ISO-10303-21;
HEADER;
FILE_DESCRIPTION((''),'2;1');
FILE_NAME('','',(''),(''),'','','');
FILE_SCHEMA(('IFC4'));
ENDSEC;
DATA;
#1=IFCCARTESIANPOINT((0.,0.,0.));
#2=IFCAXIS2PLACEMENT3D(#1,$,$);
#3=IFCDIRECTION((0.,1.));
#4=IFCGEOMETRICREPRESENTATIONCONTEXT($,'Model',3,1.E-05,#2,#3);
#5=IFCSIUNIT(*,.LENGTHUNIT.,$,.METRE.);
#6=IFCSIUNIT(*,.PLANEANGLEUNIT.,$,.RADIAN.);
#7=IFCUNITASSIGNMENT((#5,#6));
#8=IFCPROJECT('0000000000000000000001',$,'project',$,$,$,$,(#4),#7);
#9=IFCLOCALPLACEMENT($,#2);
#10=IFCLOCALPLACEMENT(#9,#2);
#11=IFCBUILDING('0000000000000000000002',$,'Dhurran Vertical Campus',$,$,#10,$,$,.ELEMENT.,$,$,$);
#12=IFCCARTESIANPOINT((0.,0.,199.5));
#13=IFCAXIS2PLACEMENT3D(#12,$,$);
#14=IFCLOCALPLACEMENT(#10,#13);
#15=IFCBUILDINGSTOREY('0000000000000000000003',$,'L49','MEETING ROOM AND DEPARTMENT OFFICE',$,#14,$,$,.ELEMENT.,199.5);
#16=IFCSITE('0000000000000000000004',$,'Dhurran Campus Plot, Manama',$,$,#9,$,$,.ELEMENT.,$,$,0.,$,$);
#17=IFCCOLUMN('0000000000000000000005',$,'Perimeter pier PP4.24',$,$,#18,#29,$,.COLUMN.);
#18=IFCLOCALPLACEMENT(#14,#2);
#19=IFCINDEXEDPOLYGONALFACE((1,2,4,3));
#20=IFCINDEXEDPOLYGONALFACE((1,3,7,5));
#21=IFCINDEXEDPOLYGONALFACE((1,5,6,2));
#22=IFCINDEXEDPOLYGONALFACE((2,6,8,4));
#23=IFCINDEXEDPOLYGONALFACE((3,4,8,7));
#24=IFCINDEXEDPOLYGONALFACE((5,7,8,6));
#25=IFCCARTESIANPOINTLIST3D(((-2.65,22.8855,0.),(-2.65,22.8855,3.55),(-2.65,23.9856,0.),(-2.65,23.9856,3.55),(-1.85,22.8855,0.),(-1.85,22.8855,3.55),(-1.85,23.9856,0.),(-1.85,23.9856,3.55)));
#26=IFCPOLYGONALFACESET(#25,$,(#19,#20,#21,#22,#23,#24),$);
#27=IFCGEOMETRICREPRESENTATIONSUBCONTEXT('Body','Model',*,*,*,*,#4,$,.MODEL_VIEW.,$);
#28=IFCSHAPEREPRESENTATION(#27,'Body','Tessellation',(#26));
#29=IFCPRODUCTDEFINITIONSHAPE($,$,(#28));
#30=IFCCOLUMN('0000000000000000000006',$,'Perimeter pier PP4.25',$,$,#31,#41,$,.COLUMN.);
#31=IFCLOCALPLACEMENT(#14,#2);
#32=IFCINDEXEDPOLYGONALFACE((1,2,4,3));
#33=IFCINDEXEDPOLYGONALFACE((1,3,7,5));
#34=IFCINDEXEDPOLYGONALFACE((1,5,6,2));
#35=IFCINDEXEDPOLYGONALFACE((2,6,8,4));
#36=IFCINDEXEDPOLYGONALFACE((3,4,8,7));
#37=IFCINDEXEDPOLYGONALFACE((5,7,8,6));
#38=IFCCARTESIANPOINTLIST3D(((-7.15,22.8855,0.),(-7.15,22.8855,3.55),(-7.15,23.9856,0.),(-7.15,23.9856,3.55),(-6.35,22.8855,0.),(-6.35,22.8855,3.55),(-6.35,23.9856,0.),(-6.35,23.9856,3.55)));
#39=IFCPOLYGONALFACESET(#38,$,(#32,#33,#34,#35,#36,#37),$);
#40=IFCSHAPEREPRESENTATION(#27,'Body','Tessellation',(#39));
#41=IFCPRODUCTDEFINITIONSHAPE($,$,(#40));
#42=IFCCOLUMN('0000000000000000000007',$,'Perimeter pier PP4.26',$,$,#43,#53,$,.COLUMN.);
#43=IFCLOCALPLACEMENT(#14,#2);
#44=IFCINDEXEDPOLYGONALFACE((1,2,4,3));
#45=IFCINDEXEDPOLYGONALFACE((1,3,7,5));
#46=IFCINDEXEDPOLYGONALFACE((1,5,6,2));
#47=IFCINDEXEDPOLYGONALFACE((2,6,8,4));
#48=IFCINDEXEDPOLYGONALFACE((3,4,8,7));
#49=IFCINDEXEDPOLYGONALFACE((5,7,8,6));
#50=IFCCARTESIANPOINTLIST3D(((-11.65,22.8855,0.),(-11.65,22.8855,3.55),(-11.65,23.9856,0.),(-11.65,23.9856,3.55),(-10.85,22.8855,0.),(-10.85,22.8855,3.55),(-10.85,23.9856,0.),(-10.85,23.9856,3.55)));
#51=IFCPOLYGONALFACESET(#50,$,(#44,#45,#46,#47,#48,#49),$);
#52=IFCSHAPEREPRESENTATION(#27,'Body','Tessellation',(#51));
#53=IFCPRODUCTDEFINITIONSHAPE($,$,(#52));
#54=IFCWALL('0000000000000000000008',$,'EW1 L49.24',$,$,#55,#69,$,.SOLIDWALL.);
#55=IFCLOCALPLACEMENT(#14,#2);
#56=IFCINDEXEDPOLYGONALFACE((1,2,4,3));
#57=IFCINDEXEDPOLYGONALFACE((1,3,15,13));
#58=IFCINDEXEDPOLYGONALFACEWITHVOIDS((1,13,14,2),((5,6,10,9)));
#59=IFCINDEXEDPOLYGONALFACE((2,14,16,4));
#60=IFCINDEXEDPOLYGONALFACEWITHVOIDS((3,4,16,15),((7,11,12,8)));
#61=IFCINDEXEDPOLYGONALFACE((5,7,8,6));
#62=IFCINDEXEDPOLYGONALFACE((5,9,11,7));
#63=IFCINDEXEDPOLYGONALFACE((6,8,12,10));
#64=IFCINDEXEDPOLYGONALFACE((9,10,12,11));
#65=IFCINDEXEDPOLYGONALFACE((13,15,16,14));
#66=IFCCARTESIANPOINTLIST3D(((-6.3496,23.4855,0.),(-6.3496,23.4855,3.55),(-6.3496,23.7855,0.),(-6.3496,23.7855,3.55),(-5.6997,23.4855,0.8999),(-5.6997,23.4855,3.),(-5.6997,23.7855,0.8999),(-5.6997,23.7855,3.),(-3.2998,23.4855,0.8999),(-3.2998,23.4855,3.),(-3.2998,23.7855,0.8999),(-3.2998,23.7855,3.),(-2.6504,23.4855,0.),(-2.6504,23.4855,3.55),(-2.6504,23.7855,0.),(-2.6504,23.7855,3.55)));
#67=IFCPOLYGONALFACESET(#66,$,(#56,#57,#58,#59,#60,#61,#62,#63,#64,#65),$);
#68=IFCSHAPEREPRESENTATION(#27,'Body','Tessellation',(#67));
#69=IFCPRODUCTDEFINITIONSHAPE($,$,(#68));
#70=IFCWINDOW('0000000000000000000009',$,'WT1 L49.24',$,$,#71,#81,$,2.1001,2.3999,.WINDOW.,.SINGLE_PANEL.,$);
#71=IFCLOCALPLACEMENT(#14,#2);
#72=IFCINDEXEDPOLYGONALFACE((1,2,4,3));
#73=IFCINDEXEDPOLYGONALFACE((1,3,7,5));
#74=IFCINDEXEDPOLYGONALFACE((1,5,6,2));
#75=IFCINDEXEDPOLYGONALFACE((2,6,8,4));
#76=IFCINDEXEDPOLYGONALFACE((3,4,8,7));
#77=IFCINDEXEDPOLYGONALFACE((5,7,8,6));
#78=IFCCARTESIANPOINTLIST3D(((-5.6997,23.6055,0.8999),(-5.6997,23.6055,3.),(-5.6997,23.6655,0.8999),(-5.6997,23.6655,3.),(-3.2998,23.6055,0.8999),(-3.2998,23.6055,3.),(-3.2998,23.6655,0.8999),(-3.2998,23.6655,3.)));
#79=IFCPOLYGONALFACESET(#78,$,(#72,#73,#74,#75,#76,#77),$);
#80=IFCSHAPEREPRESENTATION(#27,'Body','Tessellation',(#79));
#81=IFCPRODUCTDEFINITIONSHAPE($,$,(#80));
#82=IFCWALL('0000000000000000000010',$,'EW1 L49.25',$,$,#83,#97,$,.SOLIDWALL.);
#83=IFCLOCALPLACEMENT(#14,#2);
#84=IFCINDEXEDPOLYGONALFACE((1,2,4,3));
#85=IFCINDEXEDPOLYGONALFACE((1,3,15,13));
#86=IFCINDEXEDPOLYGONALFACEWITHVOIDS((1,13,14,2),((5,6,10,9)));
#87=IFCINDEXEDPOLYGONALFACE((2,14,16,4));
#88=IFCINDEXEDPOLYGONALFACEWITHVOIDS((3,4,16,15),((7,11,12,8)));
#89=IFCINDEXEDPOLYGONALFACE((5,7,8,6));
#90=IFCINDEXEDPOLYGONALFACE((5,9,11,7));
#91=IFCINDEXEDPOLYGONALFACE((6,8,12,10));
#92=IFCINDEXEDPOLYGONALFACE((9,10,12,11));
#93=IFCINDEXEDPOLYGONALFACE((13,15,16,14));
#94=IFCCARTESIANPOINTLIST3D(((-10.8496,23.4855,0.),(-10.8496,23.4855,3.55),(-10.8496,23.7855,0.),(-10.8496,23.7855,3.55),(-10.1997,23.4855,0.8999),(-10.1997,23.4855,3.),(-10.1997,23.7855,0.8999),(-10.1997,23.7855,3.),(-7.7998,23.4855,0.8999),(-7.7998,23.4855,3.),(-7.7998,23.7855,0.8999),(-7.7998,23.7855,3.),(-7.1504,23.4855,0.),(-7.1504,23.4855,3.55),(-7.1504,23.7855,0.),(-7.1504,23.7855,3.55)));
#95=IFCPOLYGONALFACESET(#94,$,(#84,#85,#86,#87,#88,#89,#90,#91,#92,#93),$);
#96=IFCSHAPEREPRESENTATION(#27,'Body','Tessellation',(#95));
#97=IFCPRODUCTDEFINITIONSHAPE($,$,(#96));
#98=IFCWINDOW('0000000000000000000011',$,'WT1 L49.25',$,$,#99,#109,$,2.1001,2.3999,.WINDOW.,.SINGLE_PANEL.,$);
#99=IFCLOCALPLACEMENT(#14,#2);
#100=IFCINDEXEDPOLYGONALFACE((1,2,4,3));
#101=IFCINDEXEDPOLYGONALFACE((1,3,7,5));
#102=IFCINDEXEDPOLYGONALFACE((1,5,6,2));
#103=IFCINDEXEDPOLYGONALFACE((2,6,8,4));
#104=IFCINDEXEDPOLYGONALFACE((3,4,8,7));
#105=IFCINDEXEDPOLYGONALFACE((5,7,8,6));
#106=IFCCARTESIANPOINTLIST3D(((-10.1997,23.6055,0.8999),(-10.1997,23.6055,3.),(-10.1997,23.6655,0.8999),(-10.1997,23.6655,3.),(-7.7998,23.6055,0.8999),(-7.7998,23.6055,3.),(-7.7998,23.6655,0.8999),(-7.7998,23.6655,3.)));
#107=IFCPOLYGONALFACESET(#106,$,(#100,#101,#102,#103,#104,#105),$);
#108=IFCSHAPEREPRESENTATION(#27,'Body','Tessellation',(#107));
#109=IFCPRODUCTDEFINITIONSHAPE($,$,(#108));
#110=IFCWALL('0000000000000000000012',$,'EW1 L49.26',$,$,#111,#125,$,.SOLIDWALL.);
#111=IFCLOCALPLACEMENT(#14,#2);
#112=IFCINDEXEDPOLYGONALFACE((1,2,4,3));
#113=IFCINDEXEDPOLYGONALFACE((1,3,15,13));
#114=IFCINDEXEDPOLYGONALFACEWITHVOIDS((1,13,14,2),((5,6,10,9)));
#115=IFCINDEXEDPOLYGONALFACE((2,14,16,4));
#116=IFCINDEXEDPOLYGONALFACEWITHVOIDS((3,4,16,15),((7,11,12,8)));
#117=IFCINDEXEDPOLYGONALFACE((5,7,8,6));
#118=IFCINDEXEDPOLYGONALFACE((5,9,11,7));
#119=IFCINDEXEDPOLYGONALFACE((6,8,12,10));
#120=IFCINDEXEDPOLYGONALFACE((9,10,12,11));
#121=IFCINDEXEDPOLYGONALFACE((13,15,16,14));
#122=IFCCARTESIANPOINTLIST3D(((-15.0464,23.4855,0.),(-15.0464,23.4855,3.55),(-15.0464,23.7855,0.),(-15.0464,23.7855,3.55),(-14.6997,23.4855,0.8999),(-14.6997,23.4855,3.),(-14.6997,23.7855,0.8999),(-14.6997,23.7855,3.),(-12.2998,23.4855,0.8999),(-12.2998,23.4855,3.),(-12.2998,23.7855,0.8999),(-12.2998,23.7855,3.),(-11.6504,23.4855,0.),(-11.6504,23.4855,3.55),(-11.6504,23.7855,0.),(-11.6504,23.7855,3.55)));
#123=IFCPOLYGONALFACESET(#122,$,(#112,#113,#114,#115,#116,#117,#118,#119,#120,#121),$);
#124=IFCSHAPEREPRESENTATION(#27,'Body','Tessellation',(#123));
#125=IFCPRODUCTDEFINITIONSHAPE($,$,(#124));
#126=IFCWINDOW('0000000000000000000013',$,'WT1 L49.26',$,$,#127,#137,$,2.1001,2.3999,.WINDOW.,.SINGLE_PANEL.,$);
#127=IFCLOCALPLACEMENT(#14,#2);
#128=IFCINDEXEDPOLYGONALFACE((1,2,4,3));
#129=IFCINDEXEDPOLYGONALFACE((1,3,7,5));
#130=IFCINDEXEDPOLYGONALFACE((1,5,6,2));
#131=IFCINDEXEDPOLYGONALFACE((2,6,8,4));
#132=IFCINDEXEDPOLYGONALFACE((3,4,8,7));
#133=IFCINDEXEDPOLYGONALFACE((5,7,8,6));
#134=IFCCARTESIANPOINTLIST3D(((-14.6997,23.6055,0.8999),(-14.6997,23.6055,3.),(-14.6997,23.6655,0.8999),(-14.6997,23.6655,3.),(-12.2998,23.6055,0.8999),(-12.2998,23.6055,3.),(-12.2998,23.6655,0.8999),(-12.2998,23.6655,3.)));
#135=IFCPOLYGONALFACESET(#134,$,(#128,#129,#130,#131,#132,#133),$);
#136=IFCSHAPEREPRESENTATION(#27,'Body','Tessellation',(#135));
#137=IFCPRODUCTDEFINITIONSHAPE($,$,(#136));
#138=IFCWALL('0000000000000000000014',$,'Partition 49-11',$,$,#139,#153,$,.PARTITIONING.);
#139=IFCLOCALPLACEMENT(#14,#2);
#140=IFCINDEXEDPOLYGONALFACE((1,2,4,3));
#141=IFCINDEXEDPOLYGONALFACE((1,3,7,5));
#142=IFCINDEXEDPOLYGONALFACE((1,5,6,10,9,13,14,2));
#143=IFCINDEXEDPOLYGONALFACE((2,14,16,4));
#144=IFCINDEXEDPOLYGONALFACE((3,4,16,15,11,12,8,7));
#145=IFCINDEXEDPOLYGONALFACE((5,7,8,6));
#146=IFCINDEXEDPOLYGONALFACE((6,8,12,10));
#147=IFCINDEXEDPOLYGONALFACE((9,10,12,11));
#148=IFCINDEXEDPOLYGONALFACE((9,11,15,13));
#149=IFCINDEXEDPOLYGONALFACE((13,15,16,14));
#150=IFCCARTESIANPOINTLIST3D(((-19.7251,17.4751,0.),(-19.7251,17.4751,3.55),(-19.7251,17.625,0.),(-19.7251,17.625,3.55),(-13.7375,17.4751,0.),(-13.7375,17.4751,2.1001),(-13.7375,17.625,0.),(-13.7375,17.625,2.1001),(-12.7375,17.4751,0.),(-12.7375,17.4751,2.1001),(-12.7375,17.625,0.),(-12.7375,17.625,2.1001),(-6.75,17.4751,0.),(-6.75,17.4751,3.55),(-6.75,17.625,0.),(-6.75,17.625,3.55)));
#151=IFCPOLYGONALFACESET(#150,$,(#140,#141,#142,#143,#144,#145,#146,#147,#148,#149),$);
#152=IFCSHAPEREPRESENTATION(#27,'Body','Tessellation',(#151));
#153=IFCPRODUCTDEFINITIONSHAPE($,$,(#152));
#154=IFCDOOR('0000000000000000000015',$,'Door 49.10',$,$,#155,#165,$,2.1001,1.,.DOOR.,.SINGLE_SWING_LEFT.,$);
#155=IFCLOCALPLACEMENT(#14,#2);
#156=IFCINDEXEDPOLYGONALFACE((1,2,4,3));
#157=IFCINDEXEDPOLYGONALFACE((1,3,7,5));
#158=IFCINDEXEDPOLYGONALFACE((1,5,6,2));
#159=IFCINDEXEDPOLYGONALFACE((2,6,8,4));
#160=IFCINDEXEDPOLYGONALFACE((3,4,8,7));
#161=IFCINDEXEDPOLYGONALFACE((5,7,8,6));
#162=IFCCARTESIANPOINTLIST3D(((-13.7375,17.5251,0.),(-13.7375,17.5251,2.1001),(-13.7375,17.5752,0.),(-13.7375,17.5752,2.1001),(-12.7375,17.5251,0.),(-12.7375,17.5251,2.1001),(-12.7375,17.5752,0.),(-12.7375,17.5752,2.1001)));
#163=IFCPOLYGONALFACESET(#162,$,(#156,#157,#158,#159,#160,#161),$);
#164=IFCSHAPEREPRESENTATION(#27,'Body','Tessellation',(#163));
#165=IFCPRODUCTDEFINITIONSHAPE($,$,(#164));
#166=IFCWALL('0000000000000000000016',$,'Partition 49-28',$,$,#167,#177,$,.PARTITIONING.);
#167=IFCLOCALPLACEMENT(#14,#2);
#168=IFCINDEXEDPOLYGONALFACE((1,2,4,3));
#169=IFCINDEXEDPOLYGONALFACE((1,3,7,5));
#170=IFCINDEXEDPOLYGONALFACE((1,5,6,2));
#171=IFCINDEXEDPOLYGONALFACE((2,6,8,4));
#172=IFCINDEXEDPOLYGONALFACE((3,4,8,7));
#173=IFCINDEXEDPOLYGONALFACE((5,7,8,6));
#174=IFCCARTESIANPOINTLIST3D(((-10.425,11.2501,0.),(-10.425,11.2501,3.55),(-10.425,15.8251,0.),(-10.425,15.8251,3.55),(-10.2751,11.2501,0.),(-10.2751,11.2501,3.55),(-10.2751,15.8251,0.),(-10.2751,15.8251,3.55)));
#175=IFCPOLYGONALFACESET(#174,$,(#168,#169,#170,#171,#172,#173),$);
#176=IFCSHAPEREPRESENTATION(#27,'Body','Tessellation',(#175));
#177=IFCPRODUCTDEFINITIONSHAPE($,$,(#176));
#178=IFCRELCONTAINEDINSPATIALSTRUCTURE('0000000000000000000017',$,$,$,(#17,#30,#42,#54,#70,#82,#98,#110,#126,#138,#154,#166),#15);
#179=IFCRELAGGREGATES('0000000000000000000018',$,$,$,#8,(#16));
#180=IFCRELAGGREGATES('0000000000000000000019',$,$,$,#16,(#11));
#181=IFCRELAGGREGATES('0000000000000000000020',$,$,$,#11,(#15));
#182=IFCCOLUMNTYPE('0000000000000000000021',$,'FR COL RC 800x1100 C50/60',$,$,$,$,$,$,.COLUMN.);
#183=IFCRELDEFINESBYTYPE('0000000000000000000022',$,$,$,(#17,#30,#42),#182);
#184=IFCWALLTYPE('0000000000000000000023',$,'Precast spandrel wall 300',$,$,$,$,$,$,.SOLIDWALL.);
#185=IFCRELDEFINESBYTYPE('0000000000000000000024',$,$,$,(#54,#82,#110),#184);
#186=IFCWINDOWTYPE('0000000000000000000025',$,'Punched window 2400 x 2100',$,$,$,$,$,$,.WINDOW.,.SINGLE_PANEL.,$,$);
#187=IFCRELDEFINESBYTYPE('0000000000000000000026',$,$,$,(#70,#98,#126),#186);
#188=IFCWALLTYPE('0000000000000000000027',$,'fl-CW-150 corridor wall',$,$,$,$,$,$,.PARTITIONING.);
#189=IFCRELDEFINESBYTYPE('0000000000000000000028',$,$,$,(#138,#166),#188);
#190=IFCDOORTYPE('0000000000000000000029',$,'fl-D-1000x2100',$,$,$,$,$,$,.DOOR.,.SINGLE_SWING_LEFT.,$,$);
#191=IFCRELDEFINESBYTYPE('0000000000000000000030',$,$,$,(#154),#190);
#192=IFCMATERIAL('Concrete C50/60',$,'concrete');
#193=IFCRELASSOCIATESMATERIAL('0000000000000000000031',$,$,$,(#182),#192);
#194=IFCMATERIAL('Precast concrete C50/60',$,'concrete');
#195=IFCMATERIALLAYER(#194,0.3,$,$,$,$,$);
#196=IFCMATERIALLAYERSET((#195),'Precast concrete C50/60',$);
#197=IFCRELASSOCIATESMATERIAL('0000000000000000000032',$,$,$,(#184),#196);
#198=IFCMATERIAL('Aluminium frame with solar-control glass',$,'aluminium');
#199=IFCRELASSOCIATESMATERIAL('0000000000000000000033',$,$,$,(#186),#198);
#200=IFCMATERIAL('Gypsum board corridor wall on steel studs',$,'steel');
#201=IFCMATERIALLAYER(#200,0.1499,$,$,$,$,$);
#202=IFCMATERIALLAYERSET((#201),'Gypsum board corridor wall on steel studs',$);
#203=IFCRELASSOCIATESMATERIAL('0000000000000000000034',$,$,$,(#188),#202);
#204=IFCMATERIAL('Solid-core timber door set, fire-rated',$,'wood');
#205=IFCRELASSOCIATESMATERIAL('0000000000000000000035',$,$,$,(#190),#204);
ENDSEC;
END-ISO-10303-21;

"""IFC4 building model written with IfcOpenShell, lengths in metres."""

from ifc_helpers import new_model, si_unit, direction, frame, frame_2d, origin, origin_2d, place, context, subcontext, project, spatial, rectangle, extrude, material, layer, layer_set, material_profile, profile_set, type_object, element, fill, save


model = new_model("IFC4")

# Units and contexts
model_context = context("Model", 3, precision=1e-05, world=origin(), true_north=direction((0.0, 1.0)))
body_context = subcontext(model_context, "Body", "Model", "MODEL_VIEW")
ifc_project = project(units=[si_unit("LENGTHUNIT", "METRE"), si_unit("PLANEANGLEUNIT", "RADIAN")], contexts=[model_context])

# Site, building, storey
site_placement = place(None, origin())
site = spatial("IfcSite", under=ifc_project, at=site_placement, Name="Dhurran Campus Plot, Manama", CompositionType="ELEMENT", RefElevation=0.0)
building_placement = place(site_placement, origin())
building = spatial("IfcBuilding", under=site, at=building_placement, Name="Dhurran Vertical Campus", CompositionType="ELEMENT")
storey_placement = place(building_placement, frame((0.0, 0.0, 199.5)))
storey = spatial("IfcBuildingStorey", under=building, at=storey_placement, Name="L49", Description="MEETING ROOM AND DEPARTMENT OFFICE", CompositionType="ELEMENT", Elevation=199.5)

# Columns
ifc_material_1 = material(Name="Concrete C50/60", Category="concrete")
ifc_material_profile = material_profile(ifc_material_1, rectangle(XDim=0.8, YDim=1.1001, at=origin_2d()), Name="RC 800x1100")
ifc_profile_set = profile_set([ifc_material_profile], Name="Concrete C50/60")
column_type = type_object("IfcColumnType", Name="FR COL RC 800x1100 C50/60", PredefinedType="COLUMN", material=ifc_profile_set)
for number, where, z_axis, x_axis, name in (
    (1, (-2.25, 23.4355, 0.0), (0.0, 0.0, 1.0), (-1.0, 0.0, 0.0), "Perimeter pier PP4.24"),
    (2, (-6.75, 23.4355, 0.0), (0.0, 0.0, 1.0), (-1.0, 0.0, 0.0), "Perimeter pier PP4.25"),
    (3, (-11.25, 23.4355, 0.0), (0.0, 0.0, 1.0), (-1.0, 0.0, 0.0), "Perimeter pier PP4.26"),
):
    element("IfcColumn", number, at=place(storey_placement, frame(where, z_axis=z_axis, x_axis=x_axis)), inside=storey, type_object=column_type, Name=name, PredefinedType="COLUMN", context=body_context, shape_type="SweptSolid", body=[
        extrude(rectangle(XDim=0.8, YDim=1.1001, at=origin_2d()), origin(), (0.0, 0.0, 1.0), 3.55),
    ])

# Walls, openings, windows
ifc_material_2 = material(Name="Precast concrete C50/60", Category="concrete")
ifc_layer_1 = layer(ifc_material_2, 0.3)
ifc_layer_set_1 = layer_set([ifc_layer_1], Name="Precast concrete C50/60")
wall_type_1 = type_object("IfcWallType", Name="Precast spandrel wall 300", PredefinedType="SOLIDWALL", material=ifc_layer_set_1)
wall_1_placement = place(storey_placement, frame((-2.6504, 23.6355, 0.0), z_axis=(0.0, 0.0, 1.0), x_axis=(-1.0, 0.0, 0.0)))
wall_1 = element("IfcWall", 4, at=wall_1_placement, inside=storey, type_object=wall_type_1, Name="EW1 L49.24", PredefinedType="SOLIDWALL", context=body_context, shape_type="SweptSolid", body=[
    extrude(rectangle(XDim=3.6992, YDim=0.3, at=frame_2d((1.8496, 0.0))), origin(), (0.0, 0.0, 1.0), 3.55),
])
opening_1_placement = place(wall_1_placement, frame((0.6494, 0.0, 0.8999)))
opening_1 = element("IfcOpeningElement", 5, at=opening_1_placement, cuts=wall_1, PredefinedType="OPENING", context=body_context, shape_type="SweptSolid", body=[
    extrude(rectangle(XDim=2.3999, YDim=2.1001, at=frame_2d((1.2, 1.05))), frame((0.0, 0.1599, 0.0), z_axis=(0.0, -1.0, 0.0), x_axis=(1.0, 0.0, 0.0)), (0.0, 0.0, 1.0), 0.3201),
])
ifc_material_3 = material(Name="Aluminium frame with solar-control glass", Category="aluminium")
window_type = type_object("IfcWindowType", Name="Punched window 2400 x 2100", PartitioningType="SINGLE_PANEL", PredefinedType="WINDOW", material=ifc_material_3)
window_1_placement = place(opening_1_placement, origin())
window_1 = element("IfcWindow", 6, at=window_1_placement, inside=storey, type_object=window_type, Name="WT1 L49.24", OverallHeight=2.1001, OverallWidth=2.3999, PartitioningType="SINGLE_PANEL", PredefinedType="WINDOW", context=body_context, shape_type="SweptSolid", body=[
    extrude(rectangle(XDim=2.3999, YDim=2.1001, at=frame_2d((1.2, 1.05))), frame((0.0, 0.03, 0.0), z_axis=(0.0, -1.0, 0.0), x_axis=(1.0, 0.0, 0.0)), (0.0, 0.0, 1.0), 0.0601),
])
fill(opening_1, window_1)
wall_2_placement = place(storey_placement, frame((-7.1504, 23.6355, 0.0), z_axis=(0.0, 0.0, 1.0), x_axis=(-1.0, 0.0, 0.0)))
wall_2 = element("IfcWall", 7, at=wall_2_placement, inside=storey, type_object=wall_type_1, Name="EW1 L49.25", PredefinedType="SOLIDWALL", context=body_context, shape_type="SweptSolid", body=[
    extrude(rectangle(XDim=3.6992, YDim=0.3, at=frame_2d((1.8496, 0.0))), origin(), (0.0, 0.0, 1.0), 3.55),
])
opening_2_placement = place(wall_2_placement, frame((0.6494, 0.0, 0.8999)))
opening_2 = element("IfcOpeningElement", 8, at=opening_2_placement, cuts=wall_2, PredefinedType="OPENING", context=body_context, shape_type="SweptSolid", body=[
    extrude(rectangle(XDim=2.3999, YDim=2.1001, at=frame_2d((1.2, 1.05))), frame((0.0, 0.1599, 0.0), z_axis=(0.0, -1.0, 0.0), x_axis=(1.0, 0.0, 0.0)), (0.0, 0.0, 1.0), 0.3201),
])
window_2_placement = place(opening_2_placement, origin())
window_2 = element("IfcWindow", 9, at=window_2_placement, inside=storey, type_object=window_type, Name="WT1 L49.25", OverallHeight=2.1001, OverallWidth=2.3999, PartitioningType="SINGLE_PANEL", PredefinedType="WINDOW", context=body_context, shape_type="SweptSolid", body=[
    extrude(rectangle(XDim=2.3999, YDim=2.1001, at=frame_2d((1.2, 1.05))), frame((0.0, 0.03, 0.0), z_axis=(0.0, -1.0, 0.0), x_axis=(1.0, 0.0, 0.0)), (0.0, 0.0, 1.0), 0.0601),
])
fill(opening_2, window_2)
wall_3_placement = place(storey_placement, frame((-11.6504, 23.6355, 0.0), z_axis=(0.0, 0.0, 1.0), x_axis=(-1.0, 0.0, 0.0)))
wall_3 = element("IfcWall", 10, at=wall_3_placement, inside=storey, type_object=wall_type_1, Name="EW1 L49.26", PredefinedType="SOLIDWALL", context=body_context, shape_type="SweptSolid", body=[
    extrude(rectangle(XDim=3.396, YDim=0.3, at=frame_2d((1.698, 0.0))), origin(), (0.0, 0.0, 1.0), 3.55),
])
opening_3_placement = place(wall_3_placement, frame((0.6494, 0.0, 0.8999)))
opening_3 = element("IfcOpeningElement", 11, at=opening_3_placement, cuts=wall_3, PredefinedType="OPENING", context=body_context, shape_type="SweptSolid", body=[
    extrude(rectangle(XDim=2.3999, YDim=2.1001, at=frame_2d((1.2, 1.05))), frame((0.0, 0.1599, 0.0), z_axis=(0.0, -1.0, 0.0), x_axis=(1.0, 0.0, 0.0)), (0.0, 0.0, 1.0), 0.3201),
])
window_3_placement = place(opening_3_placement, origin())
window_3 = element("IfcWindow", 12, at=window_3_placement, inside=storey, type_object=window_type, Name="WT1 L49.26", OverallHeight=2.1001, OverallWidth=2.3999, PartitioningType="SINGLE_PANEL", PredefinedType="WINDOW", context=body_context, shape_type="SweptSolid", body=[
    extrude(rectangle(XDim=2.3999, YDim=2.1001, at=frame_2d((1.2, 1.05))), frame((0.0, 0.03, 0.0), z_axis=(0.0, -1.0, 0.0), x_axis=(1.0, 0.0, 0.0)), (0.0, 0.0, 1.0), 0.0601),
])
fill(opening_3, window_3)

# Wall, opening, door
ifc_material_4 = material(Name="Gypsum board corridor wall on steel studs", Category="steel")
ifc_layer_2 = layer(ifc_material_4, 0.1499)
ifc_layer_set_2 = layer_set([ifc_layer_2], Name="Gypsum board corridor wall on steel studs")
wall_type_2 = type_object("IfcWallType", Name="fl-CW-150 corridor wall", PredefinedType="PARTITIONING", material=ifc_layer_set_2)
wall_4_placement = place(storey_placement, frame((-6.75, 17.55, 0.0), z_axis=(0.0, 0.0, 1.0), x_axis=(-1.0, 0.0, 0.0)))
wall_4 = element("IfcWall", 13, at=wall_4_placement, inside=storey, type_object=wall_type_2, Name="Partition 49-11", PredefinedType="PARTITIONING", context=body_context, shape_type="SweptSolid", body=[
    extrude(rectangle(XDim=12.9751, YDim=0.1499, at=frame_2d((6.4875, 0.0))), origin(), (0.0, 0.0, 1.0), 3.55),
])
opening_4_placement = place(wall_4_placement, frame((5.9875, 0.0, 0.0)))
opening_4 = element("IfcOpeningElement", 14, at=opening_4_placement, cuts=wall_4, PredefinedType="OPENING", context=body_context, shape_type="SweptSolid", body=[
    extrude(rectangle(XDim=1.0, YDim=2.1001, at=frame_2d((0.5, 1.05))), frame((0.0, 0.085, 0.0), z_axis=(0.0, -1.0, 0.0), x_axis=(1.0, 0.0, 0.0)), (0.0, 0.0, 1.0), 0.1699),
])
ifc_material_5 = material(Name="Solid-core timber door set, fire-rated", Category="wood")
door_type = type_object("IfcDoorType", Name="fl-D-1000x2100", OperationType="SINGLE_SWING_LEFT", PredefinedType="DOOR", material=ifc_material_5)
door_1_placement = place(opening_4_placement, origin())
door_1 = element("IfcDoor", 15, at=door_1_placement, inside=storey, type_object=door_type, Name="Door 49.10", OperationType="SINGLE_SWING_LEFT", OverallHeight=2.1001, OverallWidth=1.0, PredefinedType="DOOR", context=body_context, shape_type="SweptSolid", body=[
    extrude(rectangle(XDim=1.0, YDim=2.1001, at=frame_2d((0.5, 1.05))), frame((0.0, 0.0249, 0.0), z_axis=(0.0, -1.0, 0.0), x_axis=(1.0, 0.0, 0.0)), (0.0, 0.0, 1.0), 0.05),
])
fill(opening_4, door_1)

# Wall
wall_5_placement = place(storey_placement, frame((-10.3501, 11.25, 0.0), z_axis=(0.0, 0.0, 1.0), x_axis=(0.0, 1.0, 0.0)))
element("IfcWall", 16, at=wall_5_placement, inside=storey, type_object=wall_type_2, Name="Partition 49-28", PredefinedType="PARTITIONING", context=body_context, shape_type="SweptSolid", body=[
    extrude(rectangle(XDim=4.575, YDim=0.1499, at=frame_2d((2.2876, 0.0))), origin(), (0.0, 0.0, 1.0), 3.55),
])

save(model, "model.ifc")
